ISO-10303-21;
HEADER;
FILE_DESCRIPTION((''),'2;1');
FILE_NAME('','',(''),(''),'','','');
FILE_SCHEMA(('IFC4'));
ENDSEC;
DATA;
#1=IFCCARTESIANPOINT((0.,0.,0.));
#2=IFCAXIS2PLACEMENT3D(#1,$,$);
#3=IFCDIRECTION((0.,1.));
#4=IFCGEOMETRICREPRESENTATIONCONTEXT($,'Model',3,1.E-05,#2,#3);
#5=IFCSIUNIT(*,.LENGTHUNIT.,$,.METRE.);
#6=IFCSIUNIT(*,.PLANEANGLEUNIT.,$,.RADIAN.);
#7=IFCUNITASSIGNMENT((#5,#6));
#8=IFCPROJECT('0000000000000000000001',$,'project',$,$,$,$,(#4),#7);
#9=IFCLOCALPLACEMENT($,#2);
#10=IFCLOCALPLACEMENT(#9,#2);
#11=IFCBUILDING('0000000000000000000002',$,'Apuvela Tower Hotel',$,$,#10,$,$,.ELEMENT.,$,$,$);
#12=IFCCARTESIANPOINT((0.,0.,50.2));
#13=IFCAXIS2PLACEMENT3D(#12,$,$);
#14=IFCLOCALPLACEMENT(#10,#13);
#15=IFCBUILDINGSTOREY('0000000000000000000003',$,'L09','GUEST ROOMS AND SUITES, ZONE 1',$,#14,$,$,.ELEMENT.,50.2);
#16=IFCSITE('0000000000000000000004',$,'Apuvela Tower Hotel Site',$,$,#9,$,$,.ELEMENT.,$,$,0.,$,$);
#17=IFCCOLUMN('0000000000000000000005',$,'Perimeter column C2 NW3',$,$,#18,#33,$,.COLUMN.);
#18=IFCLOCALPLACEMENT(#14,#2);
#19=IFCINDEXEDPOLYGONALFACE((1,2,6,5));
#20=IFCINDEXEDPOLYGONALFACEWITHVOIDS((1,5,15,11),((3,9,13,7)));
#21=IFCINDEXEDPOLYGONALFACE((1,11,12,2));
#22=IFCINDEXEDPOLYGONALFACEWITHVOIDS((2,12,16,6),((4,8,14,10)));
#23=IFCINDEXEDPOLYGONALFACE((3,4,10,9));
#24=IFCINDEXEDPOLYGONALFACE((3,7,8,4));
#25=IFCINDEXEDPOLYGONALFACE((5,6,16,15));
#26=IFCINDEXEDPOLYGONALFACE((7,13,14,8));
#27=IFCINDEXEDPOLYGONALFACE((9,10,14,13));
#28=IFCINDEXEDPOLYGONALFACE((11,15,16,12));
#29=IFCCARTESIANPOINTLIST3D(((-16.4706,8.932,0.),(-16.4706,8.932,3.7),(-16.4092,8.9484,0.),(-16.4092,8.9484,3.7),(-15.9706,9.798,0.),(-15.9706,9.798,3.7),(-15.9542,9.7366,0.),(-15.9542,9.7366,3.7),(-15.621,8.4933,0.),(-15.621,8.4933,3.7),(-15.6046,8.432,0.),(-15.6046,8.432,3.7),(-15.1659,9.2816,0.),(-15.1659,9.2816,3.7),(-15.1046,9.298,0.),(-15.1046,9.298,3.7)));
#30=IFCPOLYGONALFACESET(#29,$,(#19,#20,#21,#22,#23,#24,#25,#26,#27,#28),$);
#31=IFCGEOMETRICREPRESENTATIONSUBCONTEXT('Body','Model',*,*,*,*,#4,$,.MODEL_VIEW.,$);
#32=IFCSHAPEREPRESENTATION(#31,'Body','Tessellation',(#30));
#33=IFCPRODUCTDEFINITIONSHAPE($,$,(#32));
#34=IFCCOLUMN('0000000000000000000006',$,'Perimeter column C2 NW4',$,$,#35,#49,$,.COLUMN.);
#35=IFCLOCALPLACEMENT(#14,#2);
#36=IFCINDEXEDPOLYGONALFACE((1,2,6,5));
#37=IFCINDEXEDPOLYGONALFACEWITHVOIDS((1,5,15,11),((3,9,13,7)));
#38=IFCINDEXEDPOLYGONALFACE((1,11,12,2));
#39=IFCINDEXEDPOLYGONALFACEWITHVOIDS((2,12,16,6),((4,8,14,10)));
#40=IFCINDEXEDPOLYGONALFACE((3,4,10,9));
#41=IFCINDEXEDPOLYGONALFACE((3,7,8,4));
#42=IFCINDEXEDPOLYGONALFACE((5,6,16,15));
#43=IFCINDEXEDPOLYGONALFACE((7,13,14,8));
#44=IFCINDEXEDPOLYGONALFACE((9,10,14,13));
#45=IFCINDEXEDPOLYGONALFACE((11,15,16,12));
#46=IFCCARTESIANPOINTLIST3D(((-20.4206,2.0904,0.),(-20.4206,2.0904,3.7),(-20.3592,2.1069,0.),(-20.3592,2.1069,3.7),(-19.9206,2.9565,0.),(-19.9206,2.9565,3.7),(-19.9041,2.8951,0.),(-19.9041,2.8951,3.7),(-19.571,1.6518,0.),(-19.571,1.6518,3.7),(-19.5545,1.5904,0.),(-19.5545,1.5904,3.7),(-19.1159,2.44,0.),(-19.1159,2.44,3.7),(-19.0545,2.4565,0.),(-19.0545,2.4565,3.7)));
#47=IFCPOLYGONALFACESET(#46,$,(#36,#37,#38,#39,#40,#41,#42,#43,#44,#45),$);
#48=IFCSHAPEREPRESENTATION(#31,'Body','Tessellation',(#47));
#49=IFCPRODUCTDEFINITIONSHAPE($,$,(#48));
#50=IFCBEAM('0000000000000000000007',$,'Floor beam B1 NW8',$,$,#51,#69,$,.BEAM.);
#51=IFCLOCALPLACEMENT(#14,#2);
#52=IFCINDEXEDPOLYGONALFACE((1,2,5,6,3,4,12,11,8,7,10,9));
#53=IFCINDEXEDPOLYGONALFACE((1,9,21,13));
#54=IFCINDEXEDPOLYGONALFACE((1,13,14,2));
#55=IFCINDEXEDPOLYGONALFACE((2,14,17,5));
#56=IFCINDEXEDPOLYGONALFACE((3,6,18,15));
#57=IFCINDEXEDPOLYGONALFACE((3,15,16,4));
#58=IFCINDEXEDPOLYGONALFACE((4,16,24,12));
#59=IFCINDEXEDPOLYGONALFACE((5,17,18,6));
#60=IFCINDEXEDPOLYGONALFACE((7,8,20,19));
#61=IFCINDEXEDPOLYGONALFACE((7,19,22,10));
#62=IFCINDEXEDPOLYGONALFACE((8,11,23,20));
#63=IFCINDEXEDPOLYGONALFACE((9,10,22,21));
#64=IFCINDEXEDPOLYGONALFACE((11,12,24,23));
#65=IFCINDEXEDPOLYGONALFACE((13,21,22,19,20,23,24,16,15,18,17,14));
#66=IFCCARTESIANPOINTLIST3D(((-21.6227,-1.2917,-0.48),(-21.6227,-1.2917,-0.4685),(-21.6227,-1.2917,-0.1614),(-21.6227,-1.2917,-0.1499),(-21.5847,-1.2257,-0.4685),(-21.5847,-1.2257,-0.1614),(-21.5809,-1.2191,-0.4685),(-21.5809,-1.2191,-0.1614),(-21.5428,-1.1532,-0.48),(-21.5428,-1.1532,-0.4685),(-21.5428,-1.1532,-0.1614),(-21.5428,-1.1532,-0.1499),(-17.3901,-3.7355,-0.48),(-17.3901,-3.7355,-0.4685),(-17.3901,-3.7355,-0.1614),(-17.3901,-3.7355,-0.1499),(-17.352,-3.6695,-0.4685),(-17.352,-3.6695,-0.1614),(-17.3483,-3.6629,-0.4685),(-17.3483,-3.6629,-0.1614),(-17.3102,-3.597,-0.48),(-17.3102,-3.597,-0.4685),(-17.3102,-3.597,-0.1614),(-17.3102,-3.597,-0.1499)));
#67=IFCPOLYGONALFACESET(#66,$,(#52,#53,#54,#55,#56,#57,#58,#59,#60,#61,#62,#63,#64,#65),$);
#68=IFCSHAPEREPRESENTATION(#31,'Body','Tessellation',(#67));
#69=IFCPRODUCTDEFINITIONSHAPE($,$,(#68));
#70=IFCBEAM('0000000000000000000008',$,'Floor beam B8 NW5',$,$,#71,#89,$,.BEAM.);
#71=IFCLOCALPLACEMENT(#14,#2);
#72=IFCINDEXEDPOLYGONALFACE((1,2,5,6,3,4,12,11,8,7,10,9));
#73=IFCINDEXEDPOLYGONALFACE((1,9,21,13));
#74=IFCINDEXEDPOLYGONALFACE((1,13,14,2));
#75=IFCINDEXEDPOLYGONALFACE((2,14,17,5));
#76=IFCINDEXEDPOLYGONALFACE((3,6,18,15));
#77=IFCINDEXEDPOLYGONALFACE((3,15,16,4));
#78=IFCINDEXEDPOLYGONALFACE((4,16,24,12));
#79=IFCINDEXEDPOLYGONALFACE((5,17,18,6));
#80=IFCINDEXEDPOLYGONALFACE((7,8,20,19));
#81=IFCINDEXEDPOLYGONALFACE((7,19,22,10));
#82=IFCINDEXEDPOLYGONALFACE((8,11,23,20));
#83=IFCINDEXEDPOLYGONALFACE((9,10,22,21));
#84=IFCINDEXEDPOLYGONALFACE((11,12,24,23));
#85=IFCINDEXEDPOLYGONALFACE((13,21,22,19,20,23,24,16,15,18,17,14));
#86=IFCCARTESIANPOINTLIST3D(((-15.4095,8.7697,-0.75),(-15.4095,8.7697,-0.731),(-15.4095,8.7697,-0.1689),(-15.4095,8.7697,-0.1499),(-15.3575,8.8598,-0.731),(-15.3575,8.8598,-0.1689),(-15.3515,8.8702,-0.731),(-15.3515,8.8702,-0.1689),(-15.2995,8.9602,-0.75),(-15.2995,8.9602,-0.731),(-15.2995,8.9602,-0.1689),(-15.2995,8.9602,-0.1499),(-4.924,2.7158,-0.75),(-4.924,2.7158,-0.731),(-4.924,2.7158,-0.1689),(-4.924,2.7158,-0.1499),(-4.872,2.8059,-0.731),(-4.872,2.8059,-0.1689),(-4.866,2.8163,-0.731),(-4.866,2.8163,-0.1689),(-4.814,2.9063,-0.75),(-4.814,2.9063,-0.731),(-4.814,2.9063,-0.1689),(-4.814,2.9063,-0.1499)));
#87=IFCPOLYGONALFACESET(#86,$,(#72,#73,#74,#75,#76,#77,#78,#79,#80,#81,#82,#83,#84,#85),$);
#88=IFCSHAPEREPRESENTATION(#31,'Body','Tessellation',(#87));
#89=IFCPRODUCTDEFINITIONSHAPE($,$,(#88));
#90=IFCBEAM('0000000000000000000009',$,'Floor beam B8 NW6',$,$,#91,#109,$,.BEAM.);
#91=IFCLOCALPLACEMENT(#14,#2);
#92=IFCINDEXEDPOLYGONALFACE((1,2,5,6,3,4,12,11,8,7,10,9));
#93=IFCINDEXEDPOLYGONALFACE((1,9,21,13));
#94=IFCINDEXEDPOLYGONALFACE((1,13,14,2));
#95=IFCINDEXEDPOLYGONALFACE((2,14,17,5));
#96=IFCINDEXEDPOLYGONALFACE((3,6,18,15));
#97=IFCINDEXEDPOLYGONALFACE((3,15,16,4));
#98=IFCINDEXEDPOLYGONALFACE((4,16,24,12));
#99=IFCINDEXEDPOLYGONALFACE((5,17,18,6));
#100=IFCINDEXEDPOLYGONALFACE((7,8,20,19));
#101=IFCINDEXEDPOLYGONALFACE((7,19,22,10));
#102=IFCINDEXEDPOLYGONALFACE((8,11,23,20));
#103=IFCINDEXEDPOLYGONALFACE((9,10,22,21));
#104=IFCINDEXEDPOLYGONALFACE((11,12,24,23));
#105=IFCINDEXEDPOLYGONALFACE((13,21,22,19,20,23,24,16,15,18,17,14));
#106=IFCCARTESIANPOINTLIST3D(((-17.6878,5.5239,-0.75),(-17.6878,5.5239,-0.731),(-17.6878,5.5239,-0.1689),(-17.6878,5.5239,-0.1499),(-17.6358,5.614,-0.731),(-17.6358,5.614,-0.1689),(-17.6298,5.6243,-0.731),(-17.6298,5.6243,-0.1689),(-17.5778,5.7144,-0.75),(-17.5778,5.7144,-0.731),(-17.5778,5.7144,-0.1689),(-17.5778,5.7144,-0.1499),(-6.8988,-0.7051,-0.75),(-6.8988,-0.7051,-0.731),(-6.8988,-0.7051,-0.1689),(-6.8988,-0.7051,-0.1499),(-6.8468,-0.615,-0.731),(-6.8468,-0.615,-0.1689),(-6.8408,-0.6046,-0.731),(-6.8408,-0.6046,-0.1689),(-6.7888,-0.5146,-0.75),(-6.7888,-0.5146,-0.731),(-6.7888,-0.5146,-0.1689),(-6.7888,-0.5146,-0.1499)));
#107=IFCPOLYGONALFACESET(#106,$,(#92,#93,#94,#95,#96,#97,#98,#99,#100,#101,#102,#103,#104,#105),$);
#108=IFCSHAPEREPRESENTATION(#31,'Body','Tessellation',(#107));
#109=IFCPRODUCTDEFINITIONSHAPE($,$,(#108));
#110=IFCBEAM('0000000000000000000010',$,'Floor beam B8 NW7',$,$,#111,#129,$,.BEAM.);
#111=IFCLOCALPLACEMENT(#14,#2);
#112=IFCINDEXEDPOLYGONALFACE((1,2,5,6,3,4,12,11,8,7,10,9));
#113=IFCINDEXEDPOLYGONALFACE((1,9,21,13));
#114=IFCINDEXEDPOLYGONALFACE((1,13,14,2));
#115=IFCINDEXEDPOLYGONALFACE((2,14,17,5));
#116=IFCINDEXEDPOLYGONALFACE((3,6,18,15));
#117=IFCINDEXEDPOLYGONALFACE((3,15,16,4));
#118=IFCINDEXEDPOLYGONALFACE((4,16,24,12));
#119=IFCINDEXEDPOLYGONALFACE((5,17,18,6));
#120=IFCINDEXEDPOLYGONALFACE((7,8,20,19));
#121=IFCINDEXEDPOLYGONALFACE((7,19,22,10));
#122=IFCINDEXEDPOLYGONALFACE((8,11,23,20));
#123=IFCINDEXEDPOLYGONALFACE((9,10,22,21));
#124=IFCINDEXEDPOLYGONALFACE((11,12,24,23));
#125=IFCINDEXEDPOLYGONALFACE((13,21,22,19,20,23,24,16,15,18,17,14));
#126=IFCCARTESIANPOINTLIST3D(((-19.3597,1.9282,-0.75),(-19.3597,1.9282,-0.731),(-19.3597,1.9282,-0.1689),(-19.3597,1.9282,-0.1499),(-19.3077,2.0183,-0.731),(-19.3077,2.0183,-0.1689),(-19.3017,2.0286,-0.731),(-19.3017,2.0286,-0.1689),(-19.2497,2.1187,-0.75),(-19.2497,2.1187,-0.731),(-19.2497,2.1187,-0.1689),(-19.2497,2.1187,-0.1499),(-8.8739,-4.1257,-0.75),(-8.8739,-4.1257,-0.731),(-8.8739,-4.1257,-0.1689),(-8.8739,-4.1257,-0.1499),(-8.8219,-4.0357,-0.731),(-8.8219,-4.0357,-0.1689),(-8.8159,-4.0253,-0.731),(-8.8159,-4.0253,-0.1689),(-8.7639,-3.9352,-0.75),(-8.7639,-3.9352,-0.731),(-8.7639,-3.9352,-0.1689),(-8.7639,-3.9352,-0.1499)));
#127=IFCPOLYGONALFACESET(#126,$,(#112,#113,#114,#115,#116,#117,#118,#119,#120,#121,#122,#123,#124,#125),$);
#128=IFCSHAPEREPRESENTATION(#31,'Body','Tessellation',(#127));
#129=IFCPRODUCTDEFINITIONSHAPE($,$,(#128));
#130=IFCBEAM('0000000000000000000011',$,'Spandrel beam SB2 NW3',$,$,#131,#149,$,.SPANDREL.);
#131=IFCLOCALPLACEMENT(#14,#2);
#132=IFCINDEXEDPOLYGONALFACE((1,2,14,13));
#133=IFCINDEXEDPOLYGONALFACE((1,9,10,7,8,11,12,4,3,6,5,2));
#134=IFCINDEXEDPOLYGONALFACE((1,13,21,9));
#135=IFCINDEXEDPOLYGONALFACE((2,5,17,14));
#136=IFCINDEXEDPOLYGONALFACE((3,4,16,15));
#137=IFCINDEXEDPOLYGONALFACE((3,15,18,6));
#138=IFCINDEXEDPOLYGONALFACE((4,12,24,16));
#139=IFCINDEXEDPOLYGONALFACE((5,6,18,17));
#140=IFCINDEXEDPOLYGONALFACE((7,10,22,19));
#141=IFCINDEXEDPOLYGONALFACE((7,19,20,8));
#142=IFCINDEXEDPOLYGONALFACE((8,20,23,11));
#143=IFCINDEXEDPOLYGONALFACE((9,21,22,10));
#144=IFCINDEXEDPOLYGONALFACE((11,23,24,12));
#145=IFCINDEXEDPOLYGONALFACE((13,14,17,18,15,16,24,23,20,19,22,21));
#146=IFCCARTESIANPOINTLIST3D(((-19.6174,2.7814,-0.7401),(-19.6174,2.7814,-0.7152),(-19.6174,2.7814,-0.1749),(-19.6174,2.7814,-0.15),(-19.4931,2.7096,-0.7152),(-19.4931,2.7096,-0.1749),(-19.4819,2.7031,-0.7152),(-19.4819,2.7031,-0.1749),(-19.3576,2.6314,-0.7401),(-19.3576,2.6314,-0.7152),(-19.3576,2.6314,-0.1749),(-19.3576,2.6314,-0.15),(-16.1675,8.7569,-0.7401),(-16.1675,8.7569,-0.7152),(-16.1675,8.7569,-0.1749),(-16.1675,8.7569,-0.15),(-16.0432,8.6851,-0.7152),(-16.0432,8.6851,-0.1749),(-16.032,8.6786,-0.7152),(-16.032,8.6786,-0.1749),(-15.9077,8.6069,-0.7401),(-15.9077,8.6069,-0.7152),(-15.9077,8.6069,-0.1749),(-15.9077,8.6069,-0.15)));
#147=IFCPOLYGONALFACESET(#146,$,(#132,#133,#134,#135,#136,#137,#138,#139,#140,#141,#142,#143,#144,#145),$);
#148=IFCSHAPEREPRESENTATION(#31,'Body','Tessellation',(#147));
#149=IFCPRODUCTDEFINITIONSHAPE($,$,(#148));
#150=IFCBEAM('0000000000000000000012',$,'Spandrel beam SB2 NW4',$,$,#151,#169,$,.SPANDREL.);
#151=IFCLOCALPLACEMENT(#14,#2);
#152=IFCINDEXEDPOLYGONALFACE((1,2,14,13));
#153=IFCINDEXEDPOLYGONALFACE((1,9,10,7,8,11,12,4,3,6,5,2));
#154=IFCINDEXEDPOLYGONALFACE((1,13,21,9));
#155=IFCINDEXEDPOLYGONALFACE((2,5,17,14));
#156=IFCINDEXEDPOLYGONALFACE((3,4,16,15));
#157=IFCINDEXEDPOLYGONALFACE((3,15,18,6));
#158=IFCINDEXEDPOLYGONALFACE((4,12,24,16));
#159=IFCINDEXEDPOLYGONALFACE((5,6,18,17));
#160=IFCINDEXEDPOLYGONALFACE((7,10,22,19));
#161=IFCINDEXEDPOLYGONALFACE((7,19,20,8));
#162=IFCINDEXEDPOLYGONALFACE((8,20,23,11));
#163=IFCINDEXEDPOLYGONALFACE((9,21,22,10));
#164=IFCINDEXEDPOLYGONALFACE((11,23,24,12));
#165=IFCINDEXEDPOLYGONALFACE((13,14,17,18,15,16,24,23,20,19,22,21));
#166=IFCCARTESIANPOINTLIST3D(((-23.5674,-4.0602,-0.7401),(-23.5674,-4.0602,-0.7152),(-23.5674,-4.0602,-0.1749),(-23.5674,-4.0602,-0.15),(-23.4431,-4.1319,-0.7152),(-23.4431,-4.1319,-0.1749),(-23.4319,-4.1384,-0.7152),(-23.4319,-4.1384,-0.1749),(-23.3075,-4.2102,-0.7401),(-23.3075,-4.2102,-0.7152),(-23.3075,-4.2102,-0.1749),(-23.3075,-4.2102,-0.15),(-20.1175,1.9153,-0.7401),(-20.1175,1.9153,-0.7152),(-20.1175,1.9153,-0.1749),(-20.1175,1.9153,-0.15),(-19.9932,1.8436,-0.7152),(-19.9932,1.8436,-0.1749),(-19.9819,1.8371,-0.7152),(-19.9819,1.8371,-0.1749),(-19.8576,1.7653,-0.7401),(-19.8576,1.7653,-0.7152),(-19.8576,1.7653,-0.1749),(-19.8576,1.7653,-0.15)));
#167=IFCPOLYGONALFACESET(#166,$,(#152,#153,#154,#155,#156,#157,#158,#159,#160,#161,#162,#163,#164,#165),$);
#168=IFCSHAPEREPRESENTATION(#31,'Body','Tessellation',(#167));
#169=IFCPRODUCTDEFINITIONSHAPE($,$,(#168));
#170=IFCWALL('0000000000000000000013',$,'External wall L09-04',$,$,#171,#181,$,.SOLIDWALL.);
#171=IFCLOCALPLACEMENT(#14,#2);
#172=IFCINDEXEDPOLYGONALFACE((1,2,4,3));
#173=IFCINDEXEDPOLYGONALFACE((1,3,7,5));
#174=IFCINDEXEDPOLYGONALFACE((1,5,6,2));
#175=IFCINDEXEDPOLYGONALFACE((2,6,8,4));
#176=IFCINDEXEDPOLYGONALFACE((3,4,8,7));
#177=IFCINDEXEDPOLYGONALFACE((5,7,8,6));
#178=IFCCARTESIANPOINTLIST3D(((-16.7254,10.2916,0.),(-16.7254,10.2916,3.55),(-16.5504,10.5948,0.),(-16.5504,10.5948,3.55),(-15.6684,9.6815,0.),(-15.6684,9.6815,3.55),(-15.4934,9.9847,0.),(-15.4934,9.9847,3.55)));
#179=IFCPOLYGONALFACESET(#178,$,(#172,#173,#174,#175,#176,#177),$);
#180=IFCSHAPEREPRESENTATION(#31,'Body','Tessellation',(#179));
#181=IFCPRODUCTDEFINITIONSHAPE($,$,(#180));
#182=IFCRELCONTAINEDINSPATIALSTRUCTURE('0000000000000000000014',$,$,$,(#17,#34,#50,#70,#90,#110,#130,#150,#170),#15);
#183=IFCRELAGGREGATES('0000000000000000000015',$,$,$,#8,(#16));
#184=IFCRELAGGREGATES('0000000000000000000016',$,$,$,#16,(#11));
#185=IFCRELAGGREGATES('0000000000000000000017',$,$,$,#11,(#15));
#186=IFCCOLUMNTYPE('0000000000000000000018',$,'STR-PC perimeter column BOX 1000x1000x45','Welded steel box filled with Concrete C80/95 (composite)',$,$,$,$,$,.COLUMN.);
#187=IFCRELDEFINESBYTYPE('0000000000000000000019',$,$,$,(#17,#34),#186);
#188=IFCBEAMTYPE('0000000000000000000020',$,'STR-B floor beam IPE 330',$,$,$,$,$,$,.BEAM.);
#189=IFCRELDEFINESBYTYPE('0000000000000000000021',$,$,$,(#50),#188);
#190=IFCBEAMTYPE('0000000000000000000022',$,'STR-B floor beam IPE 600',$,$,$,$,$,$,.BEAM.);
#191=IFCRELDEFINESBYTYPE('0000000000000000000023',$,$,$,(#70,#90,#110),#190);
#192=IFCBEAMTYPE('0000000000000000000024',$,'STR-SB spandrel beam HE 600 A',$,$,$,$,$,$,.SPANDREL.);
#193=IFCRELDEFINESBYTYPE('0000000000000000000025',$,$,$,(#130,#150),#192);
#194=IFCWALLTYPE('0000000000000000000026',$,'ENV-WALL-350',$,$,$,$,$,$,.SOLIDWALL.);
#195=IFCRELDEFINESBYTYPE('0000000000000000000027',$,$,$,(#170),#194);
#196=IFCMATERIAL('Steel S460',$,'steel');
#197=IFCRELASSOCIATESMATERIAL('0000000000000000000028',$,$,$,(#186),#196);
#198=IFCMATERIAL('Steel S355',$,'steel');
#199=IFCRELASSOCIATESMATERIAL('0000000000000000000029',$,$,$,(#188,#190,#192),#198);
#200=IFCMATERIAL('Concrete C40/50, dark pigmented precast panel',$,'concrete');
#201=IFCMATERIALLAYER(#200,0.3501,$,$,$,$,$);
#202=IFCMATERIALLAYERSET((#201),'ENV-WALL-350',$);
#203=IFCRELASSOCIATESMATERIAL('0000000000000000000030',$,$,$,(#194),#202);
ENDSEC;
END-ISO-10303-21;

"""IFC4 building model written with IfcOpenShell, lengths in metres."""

from ifc_helpers import new_model, si_unit, direction, frame, frame_2d, origin, origin_2d, place, context, subcontext, project, spatial, rectangle, hollow_rectangle, i_section, extrude, material, layer, layer_set, material_profile, profile_set, type_object, element, save


model = new_model("IFC4")

# Units and contexts
model_context = context("Model", 3, precision=1e-05, world=origin(), true_north=direction((0.0, 1.0)))
body_context = subcontext(model_context, "Body", "Model", "MODEL_VIEW")
ifc_project = project(units=[si_unit("LENGTHUNIT", "METRE"), si_unit("PLANEANGLEUNIT", "RADIAN")], contexts=[model_context])

# Site, building, storey
site_placement = place(None, origin())
site = spatial("IfcSite", under=ifc_project, at=site_placement, Name="Apuvela Tower Hotel Site", CompositionType="ELEMENT", RefElevation=0.0)
building_placement = place(site_placement, origin())
building = spatial("IfcBuilding", under=site, at=building_placement, Name="Apuvela Tower Hotel", CompositionType="ELEMENT")
storey_placement = place(building_placement, frame((0.0, 0.0, 50.2)))
storey = spatial("IfcBuildingStorey", under=building, at=storey_placement, Name="L09", Description="GUEST ROOMS AND SUITES, ZONE 1", CompositionType="ELEMENT", Elevation=50.2)

# Columns
ifc_material_1 = material(Name="Steel S460", Category="steel")
ifc_material_profile_1 = material_profile(ifc_material_1, hollow_rectangle(XDim=1.0, YDim=1.0, WallThickness=0.0449, at=origin_2d()), Name="BOX 1000x1000x45")
ifc_material_2 = material(Name="Concrete C80/95", Category="concrete")
ifc_material_profile_2 = material_profile(ifc_material_2, rectangle(XDim=0.9099, YDim=0.9099, at=origin_2d()), Name="Concrete C80/95 infill")
ifc_profile_set_1 = profile_set([ifc_material_profile_1, ifc_material_profile_2], Name="Steel S460")
column_type = type_object("IfcColumnType", Name="STR-PC perimeter column BOX 1000x1000x45", Description="Welded steel box filled with Concrete C80/95 (composite)", PredefinedType="COLUMN", material=ifc_profile_set_1)
for number, where, z_axis, x_axis, name in (
    (1, (-15.7876, 9.115, 0.0), (0.0, 0.0, 1.0), (0.5, 0.866025, 0.0), "Perimeter column C2 NW3"),
    (2, (-19.7375, 2.2734, 0.0), (0.0, 0.0, 1.0), (0.5, 0.866025, 0.0), "Perimeter column C2 NW4"),
):
    element("IfcColumn", number, at=place(storey_placement, frame(where, z_axis=z_axis, x_axis=x_axis)), inside=storey, type_object=column_type, Name=name, PredefinedType="COLUMN", context=body_context, shape_type="SweptSolid", body=[
        extrude(hollow_rectangle(XDim=1.0, YDim=1.0, WallThickness=0.0449, at=origin_2d()), origin(), (0.0, 0.0, 1.0), 3.7),
    ])

# Beams
ifc_material_3 = material(Name="Steel S355", Category="steel")
ifc_material_profile_3 = material_profile(ifc_material_3, i_section(OverallWidth=0.1599, OverallDepth=0.3301, WebThickness=0.0076, FlangeThickness=0.0115, at=origin_2d()), Name="IPE 330")
ifc_profile_set_2 = profile_set([ifc_material_profile_3], Name="Steel S355")
beam_type_1 = type_object("IfcBeamType", Name="STR-B floor beam IPE 330", PredefinedType="BEAM", material=ifc_profile_set_2)
beam_1_placement = place(storey_placement, frame((-21.5828, -1.2224, -0.3149), z_axis=(0.866015, -0.500018, 0.0), x_axis=(0.500018, 0.866015, 0.0)))
element("IfcBeam", 3, at=beam_1_placement, inside=storey, type_object=beam_type_1, Name="Floor beam B1 NW8", PredefinedType="BEAM", context=body_context, shape_type="SweptSolid", body=[
    extrude(i_section(OverallWidth=0.1599, OverallDepth=0.3301, WebThickness=0.0076, FlangeThickness=0.0115, at=origin_2d()), origin(), (0.0, 0.0, 1.0), 4.8875),
])
ifc_material_profile_4 = material_profile(ifc_material_3, i_section(OverallWidth=0.22, OverallDepth=0.6001, WebThickness=0.012, FlangeThickness=0.019, at=origin_2d()), Name="IPE 600")
ifc_profile_set_3 = profile_set([ifc_material_profile_4], Name="Steel S355")
beam_type_2 = type_object("IfcBeamType", Name="STR-B floor beam IPE 600", PredefinedType="BEAM", material=ifc_profile_set_3)
beam_2_placement = place(storey_placement, frame((-15.3545, 8.865, -0.45), z_axis=(0.866022, -0.500006, 0.0), x_axis=(0.500006, 0.866022, 0.0)))
element("IfcBeam", 4, at=beam_2_placement, inside=storey, type_object=beam_type_2, Name="Floor beam B8 NW5", PredefinedType="BEAM", context=body_context, shape_type="SweptSolid", body=[
    extrude(i_section(OverallWidth=0.22, OverallDepth=0.6001, WebThickness=0.012, FlangeThickness=0.019, at=origin_2d()), origin(), (0.0, 0.0, 1.0), 12.1077),
])
beam_3_placement = place(storey_placement, frame((-17.6328, 5.6191, -0.45), z_axis=(0.866028, -0.499996, 0.0), x_axis=(0.499996, 0.866028, 0.0)))
element("IfcBeam", 5, at=beam_3_placement, inside=storey, type_object=beam_type_2, Name="Floor beam B8 NW6", PredefinedType="BEAM", context=body_context, shape_type="SweptSolid", body=[
    extrude(i_section(OverallWidth=0.22, OverallDepth=0.6001, WebThickness=0.012, FlangeThickness=0.019, at=origin_2d()), origin(), (0.0, 0.0, 1.0), 12.458),
])
beam_4_placement = place(storey_placement, frame((-19.3047, 2.0234, -0.45), z_axis=(0.866027, -0.499997, 0.0), x_axis=(0.499997, 0.866027, 0.0)))
element("IfcBeam", 6, at=beam_4_placement, inside=storey, type_object=beam_type_2, Name="Floor beam B8 NW7", PredefinedType="BEAM", context=body_context, shape_type="SweptSolid", body=[
    extrude(i_section(OverallWidth=0.22, OverallDepth=0.6001, WebThickness=0.012, FlangeThickness=0.019, at=origin_2d()), origin(), (0.0, 0.0, 1.0), 12.1079),
])
ifc_material_profile_5 = material_profile(ifc_material_3, i_section(OverallWidth=0.3, OverallDepth=0.5901, WebThickness=0.0129, FlangeThickness=0.0249, at=origin_2d()), Name="HE 600 A")
ifc_profile_set_4 = profile_set([ifc_material_profile_5], Name="Steel S355")
beam_type_3 = type_object("IfcBeamType", Name="STR-SB spandrel beam HE 600 A", PredefinedType="SPANDREL", material=ifc_profile_set_4)
for number, where, z_axis, x_axis, name in (
    (7, (-16.0376, 8.6819, -0.4451), (-0.499994, -0.866029, 0.0), (0.866029, -0.499994, 0.0), "Spandrel beam SB2 NW3"),
    (8, (-19.9875, 1.8403, -0.4451), (-0.499994, -0.866029, 0.0), (0.866029, -0.499994, 0.0), "Spandrel beam SB2 NW4"),
):
    element("IfcBeam", number, at=place(storey_placement, frame(where, z_axis=z_axis, x_axis=x_axis)), inside=storey, type_object=beam_type_3, Name=name, PredefinedType="SPANDREL", context=body_context, shape_type="SweptSolid", body=[
        extrude(i_section(OverallWidth=0.3, OverallDepth=0.5901, WebThickness=0.0129, FlangeThickness=0.0249, at=origin_2d()), origin(), (0.0, 0.0, 1.0), 6.8999),
    ])

# Wall
ifc_material_4 = material(Name="Concrete C40/50, dark pigmented precast panel", Category="concrete")
ifc_layer_1 = layer(ifc_material_4, 0.3501)
ifc_layer_set_1 = layer_set([ifc_layer_1], Name="ENV-WALL-350")
wall_type_1 = type_object("IfcWallType", Name="ENV-WALL-350", PredefinedType="SOLIDWALL", material=ifc_layer_set_1)
wall_1_placement = place(storey_placement, frame((-15.5808, 9.833, 0.0), z_axis=(0.0, 0.0, 1.0), x_axis=(-0.866056, 0.499948, 0.0)))
element("IfcWall", 9, at=wall_1_placement, inside=storey, type_object=wall_type_1, Name="External wall L09-04", PredefinedType="SOLIDWALL", context=body_context, shape_type="SweptSolid", body=[
    extrude(rectangle(XDim=1.2205, YDim=0.3501, at=frame_2d((0.6104, 0.0))), origin(), (0.0, 0.0, 1.0), 3.55),
])

save(model, "model.ifc")
